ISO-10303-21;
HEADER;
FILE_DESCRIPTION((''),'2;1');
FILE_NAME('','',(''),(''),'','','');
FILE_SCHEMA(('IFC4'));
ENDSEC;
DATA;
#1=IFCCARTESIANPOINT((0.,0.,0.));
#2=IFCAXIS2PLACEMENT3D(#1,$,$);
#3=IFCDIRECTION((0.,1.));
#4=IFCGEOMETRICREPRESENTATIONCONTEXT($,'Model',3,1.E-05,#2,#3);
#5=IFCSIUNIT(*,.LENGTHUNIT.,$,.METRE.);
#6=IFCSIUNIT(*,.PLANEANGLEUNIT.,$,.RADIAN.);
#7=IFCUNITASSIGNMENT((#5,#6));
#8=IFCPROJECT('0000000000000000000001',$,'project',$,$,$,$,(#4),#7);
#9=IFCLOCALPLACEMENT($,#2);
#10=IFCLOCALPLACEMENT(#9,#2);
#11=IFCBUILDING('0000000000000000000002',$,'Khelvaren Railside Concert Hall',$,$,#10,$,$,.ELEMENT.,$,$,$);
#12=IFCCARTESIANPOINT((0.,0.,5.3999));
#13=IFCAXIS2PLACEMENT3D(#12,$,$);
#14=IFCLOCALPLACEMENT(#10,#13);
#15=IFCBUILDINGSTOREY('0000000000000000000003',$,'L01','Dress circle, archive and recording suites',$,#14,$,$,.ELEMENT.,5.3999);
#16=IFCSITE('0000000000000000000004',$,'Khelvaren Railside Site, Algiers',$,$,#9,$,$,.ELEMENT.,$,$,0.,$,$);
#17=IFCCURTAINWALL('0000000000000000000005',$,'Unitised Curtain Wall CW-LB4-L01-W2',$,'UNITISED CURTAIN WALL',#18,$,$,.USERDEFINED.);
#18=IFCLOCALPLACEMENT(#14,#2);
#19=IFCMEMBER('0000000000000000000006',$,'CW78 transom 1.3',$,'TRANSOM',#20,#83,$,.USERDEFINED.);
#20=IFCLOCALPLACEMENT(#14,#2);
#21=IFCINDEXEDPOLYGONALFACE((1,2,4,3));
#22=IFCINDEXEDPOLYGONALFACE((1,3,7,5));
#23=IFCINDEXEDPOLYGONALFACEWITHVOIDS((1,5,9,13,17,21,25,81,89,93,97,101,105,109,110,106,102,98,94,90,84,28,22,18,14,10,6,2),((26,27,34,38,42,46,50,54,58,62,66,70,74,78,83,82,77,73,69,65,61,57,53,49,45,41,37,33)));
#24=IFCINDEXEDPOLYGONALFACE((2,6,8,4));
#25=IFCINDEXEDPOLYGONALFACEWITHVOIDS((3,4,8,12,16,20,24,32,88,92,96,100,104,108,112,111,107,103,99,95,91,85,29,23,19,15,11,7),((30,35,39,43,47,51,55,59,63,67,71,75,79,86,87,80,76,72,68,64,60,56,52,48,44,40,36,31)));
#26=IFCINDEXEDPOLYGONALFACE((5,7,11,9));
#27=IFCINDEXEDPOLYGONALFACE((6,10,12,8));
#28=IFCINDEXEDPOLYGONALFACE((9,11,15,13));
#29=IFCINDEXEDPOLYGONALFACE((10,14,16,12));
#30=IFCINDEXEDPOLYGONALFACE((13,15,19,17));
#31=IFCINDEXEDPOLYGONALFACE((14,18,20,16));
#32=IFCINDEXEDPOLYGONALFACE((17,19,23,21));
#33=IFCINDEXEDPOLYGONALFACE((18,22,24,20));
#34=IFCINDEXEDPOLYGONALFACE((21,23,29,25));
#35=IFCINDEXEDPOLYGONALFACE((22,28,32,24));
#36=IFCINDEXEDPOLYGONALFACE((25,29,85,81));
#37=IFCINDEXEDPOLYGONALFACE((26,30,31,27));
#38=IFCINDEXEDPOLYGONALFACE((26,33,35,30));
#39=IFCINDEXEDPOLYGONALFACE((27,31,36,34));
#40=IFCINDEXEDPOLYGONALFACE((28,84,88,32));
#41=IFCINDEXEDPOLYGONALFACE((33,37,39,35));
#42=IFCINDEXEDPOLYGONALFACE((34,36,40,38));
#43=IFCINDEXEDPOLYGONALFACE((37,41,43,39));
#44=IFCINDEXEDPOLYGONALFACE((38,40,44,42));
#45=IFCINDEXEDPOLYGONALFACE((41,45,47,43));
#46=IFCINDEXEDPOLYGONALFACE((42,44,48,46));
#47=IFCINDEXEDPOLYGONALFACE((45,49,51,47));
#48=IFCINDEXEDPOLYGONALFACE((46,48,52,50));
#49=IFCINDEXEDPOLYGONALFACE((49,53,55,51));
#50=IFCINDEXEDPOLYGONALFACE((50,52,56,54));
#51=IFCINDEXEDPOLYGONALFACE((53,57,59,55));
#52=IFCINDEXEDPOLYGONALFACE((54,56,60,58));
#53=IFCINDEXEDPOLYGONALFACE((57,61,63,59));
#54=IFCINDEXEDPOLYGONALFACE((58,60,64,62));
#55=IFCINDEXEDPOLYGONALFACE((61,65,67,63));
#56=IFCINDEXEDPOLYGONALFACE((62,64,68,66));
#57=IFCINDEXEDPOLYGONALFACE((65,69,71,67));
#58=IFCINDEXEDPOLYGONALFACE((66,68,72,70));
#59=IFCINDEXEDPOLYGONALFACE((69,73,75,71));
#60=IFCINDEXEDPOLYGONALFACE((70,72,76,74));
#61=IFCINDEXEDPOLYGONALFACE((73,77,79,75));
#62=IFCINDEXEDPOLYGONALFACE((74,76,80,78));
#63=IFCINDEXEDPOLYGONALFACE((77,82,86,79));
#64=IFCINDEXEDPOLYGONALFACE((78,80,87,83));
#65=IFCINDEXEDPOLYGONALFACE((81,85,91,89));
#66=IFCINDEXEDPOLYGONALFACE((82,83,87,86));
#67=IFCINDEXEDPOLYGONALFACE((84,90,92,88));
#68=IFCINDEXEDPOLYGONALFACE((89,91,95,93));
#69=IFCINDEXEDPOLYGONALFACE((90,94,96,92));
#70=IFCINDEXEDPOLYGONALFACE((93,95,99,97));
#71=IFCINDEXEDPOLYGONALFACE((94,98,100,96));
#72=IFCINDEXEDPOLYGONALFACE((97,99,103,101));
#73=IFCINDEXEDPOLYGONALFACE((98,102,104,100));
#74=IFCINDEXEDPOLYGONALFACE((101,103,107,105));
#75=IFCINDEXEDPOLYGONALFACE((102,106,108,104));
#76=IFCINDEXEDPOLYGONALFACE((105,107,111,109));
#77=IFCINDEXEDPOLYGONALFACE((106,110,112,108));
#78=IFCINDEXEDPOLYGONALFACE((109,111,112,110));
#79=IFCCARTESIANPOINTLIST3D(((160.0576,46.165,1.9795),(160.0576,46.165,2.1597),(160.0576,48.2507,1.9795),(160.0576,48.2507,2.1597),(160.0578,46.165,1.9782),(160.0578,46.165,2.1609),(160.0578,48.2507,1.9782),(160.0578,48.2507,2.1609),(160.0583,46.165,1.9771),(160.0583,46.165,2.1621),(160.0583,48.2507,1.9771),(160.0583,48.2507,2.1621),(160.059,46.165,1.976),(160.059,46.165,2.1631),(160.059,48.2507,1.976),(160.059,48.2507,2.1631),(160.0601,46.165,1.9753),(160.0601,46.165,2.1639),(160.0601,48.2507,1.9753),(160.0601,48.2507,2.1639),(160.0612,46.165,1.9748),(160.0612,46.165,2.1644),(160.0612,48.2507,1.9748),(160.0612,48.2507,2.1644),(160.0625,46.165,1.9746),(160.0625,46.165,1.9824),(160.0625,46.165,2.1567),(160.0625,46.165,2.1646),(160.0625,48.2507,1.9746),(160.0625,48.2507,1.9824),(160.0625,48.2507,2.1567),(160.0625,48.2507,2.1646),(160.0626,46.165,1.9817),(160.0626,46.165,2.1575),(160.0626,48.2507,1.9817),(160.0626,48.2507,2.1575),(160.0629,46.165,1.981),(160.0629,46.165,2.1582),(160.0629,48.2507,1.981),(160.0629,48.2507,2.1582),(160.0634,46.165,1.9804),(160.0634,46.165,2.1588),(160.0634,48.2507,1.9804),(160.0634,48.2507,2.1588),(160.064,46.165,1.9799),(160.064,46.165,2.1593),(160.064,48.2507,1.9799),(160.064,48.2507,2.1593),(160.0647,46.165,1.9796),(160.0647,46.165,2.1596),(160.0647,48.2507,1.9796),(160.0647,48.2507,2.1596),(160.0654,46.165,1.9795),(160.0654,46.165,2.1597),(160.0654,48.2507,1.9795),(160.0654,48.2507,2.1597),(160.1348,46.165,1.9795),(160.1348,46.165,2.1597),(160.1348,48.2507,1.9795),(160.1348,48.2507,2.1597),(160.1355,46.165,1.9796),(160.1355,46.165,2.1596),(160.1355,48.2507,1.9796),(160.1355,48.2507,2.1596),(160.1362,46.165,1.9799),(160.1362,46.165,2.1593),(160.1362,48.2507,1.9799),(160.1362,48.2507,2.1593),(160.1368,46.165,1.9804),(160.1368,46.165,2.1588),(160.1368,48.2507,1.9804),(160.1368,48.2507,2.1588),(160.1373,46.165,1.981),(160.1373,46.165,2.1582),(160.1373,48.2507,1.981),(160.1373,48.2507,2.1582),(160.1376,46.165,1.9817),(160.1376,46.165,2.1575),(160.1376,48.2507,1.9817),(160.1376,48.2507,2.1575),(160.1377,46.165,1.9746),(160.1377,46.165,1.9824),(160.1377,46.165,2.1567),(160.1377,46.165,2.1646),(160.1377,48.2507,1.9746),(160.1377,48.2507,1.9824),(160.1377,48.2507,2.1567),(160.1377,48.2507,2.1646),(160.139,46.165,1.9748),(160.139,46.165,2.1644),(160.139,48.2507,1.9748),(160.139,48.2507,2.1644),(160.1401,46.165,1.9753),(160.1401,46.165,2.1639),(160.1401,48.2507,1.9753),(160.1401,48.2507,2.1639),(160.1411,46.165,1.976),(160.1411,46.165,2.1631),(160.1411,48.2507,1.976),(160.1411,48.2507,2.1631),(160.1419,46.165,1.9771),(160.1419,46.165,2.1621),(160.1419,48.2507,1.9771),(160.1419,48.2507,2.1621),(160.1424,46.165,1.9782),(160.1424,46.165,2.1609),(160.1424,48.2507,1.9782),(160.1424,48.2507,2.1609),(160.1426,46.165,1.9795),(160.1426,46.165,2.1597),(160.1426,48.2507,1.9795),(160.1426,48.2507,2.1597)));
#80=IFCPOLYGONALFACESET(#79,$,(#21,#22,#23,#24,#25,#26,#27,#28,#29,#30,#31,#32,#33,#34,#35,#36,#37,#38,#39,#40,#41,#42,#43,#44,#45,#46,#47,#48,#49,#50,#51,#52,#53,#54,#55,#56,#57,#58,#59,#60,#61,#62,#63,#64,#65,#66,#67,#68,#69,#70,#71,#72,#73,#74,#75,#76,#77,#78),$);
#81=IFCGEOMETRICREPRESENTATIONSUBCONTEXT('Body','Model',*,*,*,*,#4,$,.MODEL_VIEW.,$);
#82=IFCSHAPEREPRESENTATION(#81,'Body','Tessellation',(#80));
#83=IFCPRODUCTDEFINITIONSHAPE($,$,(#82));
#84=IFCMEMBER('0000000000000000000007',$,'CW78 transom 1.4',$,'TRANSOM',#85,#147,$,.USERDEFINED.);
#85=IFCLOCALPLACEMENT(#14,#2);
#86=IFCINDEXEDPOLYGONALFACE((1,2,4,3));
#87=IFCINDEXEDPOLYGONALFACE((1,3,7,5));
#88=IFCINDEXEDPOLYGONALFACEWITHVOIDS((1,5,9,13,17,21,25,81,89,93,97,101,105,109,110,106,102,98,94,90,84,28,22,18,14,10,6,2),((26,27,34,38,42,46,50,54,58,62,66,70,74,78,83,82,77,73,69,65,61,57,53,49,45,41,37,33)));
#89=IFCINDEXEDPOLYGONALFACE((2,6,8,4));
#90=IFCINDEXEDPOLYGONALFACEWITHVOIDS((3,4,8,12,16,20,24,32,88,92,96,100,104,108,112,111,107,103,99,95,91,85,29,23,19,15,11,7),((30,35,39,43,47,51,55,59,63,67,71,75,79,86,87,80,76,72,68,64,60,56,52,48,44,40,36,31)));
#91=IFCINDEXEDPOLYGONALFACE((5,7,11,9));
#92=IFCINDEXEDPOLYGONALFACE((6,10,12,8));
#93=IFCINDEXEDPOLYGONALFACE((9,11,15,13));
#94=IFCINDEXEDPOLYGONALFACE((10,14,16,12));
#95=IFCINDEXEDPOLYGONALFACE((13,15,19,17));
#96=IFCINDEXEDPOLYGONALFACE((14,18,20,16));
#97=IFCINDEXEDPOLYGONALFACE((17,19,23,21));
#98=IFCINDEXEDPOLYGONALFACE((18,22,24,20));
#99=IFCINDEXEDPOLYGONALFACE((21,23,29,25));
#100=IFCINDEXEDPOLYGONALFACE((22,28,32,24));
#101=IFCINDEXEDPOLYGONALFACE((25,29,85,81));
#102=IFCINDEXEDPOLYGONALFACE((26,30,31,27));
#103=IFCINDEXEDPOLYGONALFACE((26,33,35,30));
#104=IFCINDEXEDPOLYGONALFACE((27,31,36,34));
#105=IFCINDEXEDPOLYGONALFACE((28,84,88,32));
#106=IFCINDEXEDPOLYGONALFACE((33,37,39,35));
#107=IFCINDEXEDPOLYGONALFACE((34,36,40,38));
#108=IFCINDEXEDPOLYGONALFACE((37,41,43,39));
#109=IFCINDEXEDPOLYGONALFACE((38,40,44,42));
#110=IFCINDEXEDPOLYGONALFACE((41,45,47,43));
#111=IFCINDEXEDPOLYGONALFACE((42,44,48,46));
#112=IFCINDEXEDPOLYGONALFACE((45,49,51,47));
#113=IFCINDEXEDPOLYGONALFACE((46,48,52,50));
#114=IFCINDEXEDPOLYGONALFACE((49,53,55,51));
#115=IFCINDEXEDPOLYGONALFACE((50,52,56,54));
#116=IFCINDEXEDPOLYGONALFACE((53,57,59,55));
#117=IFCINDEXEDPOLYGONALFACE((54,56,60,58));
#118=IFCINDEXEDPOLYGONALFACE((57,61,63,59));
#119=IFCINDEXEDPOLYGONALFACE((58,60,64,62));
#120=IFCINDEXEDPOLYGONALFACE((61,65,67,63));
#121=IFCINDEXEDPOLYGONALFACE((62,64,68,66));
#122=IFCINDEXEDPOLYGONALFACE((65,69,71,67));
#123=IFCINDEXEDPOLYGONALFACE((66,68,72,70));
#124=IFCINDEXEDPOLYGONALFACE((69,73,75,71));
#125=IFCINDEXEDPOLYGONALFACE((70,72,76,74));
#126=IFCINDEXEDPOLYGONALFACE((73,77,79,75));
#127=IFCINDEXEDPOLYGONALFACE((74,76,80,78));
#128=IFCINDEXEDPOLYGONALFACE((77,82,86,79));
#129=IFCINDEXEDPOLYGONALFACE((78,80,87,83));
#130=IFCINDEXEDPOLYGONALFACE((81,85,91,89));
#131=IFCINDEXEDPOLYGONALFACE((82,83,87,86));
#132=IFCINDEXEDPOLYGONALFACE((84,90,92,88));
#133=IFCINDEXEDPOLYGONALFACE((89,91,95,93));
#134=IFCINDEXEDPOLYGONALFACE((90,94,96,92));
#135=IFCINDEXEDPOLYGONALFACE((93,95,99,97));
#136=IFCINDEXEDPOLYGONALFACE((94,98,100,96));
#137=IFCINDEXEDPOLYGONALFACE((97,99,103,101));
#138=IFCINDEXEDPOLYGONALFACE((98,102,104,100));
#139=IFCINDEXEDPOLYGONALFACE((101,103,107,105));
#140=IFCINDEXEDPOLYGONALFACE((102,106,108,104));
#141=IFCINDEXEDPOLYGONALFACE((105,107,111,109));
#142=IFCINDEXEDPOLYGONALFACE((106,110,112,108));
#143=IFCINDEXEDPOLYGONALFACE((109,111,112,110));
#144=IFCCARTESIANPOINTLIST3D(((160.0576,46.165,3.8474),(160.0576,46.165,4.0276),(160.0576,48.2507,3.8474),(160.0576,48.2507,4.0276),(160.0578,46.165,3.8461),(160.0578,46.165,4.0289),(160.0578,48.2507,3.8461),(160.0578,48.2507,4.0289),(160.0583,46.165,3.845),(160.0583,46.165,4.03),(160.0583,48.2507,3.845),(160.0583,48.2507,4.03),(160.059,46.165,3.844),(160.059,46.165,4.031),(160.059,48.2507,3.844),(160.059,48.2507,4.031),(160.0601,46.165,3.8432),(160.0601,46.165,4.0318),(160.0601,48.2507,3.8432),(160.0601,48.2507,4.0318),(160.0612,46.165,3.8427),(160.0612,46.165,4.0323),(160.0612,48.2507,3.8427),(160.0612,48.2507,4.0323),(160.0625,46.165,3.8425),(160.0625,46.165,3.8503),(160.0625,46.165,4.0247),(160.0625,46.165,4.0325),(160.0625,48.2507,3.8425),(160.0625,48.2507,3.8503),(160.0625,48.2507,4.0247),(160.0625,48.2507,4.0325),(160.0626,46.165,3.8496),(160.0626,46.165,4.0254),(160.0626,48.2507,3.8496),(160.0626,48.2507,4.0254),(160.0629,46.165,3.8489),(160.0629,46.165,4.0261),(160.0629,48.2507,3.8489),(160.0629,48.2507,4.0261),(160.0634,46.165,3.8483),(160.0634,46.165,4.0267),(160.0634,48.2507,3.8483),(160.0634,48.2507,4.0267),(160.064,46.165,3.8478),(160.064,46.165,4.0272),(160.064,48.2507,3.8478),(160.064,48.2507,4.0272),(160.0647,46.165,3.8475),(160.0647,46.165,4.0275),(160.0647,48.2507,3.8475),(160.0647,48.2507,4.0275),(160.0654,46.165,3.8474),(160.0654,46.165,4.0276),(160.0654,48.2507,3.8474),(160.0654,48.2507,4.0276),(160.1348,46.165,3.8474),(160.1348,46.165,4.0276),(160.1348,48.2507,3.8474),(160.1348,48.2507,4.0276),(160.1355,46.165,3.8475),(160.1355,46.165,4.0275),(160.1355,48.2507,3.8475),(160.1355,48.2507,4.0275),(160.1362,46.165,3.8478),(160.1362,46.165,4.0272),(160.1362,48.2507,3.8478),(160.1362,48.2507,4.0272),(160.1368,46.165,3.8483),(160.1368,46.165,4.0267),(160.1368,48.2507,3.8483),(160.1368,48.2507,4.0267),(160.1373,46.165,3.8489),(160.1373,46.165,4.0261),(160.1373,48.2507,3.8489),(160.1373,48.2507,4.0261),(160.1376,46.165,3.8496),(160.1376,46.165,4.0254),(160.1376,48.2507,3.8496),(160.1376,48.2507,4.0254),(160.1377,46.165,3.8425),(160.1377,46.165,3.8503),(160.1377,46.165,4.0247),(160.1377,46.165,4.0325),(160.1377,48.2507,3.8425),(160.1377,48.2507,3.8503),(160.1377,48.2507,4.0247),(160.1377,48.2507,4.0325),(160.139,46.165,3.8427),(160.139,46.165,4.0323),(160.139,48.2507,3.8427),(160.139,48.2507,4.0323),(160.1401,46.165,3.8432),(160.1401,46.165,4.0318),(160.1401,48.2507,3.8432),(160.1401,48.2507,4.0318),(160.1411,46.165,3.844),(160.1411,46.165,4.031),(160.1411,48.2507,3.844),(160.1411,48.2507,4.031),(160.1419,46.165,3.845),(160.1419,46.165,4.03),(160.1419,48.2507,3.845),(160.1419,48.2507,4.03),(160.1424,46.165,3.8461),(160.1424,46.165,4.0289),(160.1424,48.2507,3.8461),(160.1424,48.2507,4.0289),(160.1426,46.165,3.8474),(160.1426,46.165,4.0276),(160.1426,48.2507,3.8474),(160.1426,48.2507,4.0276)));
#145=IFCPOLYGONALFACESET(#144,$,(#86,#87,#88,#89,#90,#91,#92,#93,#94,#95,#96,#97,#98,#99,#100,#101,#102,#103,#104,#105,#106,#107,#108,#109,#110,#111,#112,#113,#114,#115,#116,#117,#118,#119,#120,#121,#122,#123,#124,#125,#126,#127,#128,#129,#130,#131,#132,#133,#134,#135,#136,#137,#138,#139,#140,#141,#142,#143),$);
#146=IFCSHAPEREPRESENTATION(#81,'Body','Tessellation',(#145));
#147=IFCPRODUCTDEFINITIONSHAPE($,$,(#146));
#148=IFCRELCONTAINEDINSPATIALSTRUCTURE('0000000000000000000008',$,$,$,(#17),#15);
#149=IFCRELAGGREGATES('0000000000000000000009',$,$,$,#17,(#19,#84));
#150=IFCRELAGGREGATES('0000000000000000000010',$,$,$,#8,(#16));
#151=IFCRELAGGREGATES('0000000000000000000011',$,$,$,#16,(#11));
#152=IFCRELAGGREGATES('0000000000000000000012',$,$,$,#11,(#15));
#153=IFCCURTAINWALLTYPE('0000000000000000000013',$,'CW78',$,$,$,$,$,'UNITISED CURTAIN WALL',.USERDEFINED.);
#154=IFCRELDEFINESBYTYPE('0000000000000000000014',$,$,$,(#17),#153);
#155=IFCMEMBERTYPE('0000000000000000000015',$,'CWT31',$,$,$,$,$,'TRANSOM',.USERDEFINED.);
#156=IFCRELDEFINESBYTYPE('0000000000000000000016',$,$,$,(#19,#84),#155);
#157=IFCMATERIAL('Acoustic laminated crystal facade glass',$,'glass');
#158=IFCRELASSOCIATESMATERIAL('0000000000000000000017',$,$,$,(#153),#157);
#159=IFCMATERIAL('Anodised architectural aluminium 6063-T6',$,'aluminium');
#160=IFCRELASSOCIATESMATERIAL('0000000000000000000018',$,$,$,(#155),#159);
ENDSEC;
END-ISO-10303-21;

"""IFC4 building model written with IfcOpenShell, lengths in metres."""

from ifc_helpers import new_model, si_unit, direction, frame, origin, origin_2d, place, context, subcontext, project, spatial, hollow_rectangle, extrude, material, material_profile, profile_set, type_object, element, aggregate, save


model = new_model("IFC4")

# Units and contexts
model_context = context("Model", 3, precision=1e-05, world=origin(), true_north=direction((0.0, 1.0)))
body_context = subcontext(model_context, "Body", "Model", "MODEL_VIEW")
ifc_project = project(units=[si_unit("LENGTHUNIT", "METRE"), si_unit("PLANEANGLEUNIT", "RADIAN")], contexts=[model_context])

# Site, building, storey
site_placement = place(None, origin())
site = spatial("IfcSite", under=ifc_project, at=site_placement, Name="Khelvaren Railside Site, Algiers", CompositionType="ELEMENT", RefElevation=0.0)
building_placement = place(site_placement, origin())
building = spatial("IfcBuilding", under=site, at=building_placement, Name="Khelvaren Railside Concert Hall", CompositionType="ELEMENT")
storey_placement = place(building_placement, frame((0.0, 0.0, 5.3999)))
storey = spatial("IfcBuildingStorey", under=building, at=storey_placement, Name="L01", Description="Dress circle, archive and recording suites", CompositionType="ELEMENT", Elevation=5.3999)

# Curtain wall, members
ifc_material_1 = material(Name="Acoustic laminated crystal facade glass", Category="glass")
curtain_wall_type = type_object("IfcCurtainWallType", Name="CW78", ElementType="UNITISED CURTAIN WALL", PredefinedType="USERDEFINED", material=ifc_material_1)
curtain_wall_placement = place(storey_placement, origin())
curtain_wall = element("IfcCurtainWall", 1, at=curtain_wall_placement, inside=storey, type_object=curtain_wall_type, Name="Unitised Curtain Wall CW-LB4-L01-W2", ObjectType="UNITISED CURTAIN WALL", PredefinedType="USERDEFINED")
ifc_material_2 = material(Name="Anodised architectural aluminium 6063-T6", Category="aluminium")
ifc_material_profile_1 = material_profile(ifc_material_2, hollow_rectangle(XDim=0.085, YDim=0.1899, WallThickness=0.0049, InnerFilletRadius=0.0029, OuterFilletRadius=0.0049, at=origin_2d()), Name="CWT 85x190x5")
ifc_profile_set_1 = profile_set([ifc_material_profile_1], Name="Anodised architectural aluminium 6063-T6")
member_type_1 = type_object("IfcMemberType", Name="CWT31", ElementType="TRANSOM", PredefinedType="USERDEFINED", material=ifc_profile_set_1)
member_1_placement = place(storey_placement, frame((160.1001, 46.165, 2.0696), z_axis=(0.0, 1.0, 0.0), x_axis=(-1.0, 0.0, 0.0)))
member_1 = element("IfcMember", 2, at=member_1_placement, type_object=member_type_1, Name="CW78 transom 1.3", ObjectType="TRANSOM", PredefinedType="USERDEFINED", context=body_context, shape_type="SweptSolid", body=[
    extrude(hollow_rectangle(XDim=0.085, YDim=0.1899, WallThickness=0.0049, InnerFilletRadius=0.0029, OuterFilletRadius=0.0049, at=origin_2d()), origin(), (0.0, 0.0, 1.0), 2.0857),
])
member_2_placement = place(storey_placement, frame((160.1001, 46.165, 3.9375), z_axis=(0.0, 1.0, 0.0), x_axis=(-1.0, 0.0, 0.0)))
member_2 = element("IfcMember", 3, at=member_2_placement, type_object=member_type_1, Name="CW78 transom 1.4", ObjectType="TRANSOM", PredefinedType="USERDEFINED", context=body_context, shape_type="SweptSolid", body=[
    extrude(hollow_rectangle(XDim=0.085, YDim=0.1899, WallThickness=0.0049, InnerFilletRadius=0.0029, OuterFilletRadius=0.0049, at=origin_2d()), origin(), (0.0, 0.0, 1.0), 2.0857),
])

aggregate(curtain_wall, [member_1, member_2])

save(model, "model.ifc")
